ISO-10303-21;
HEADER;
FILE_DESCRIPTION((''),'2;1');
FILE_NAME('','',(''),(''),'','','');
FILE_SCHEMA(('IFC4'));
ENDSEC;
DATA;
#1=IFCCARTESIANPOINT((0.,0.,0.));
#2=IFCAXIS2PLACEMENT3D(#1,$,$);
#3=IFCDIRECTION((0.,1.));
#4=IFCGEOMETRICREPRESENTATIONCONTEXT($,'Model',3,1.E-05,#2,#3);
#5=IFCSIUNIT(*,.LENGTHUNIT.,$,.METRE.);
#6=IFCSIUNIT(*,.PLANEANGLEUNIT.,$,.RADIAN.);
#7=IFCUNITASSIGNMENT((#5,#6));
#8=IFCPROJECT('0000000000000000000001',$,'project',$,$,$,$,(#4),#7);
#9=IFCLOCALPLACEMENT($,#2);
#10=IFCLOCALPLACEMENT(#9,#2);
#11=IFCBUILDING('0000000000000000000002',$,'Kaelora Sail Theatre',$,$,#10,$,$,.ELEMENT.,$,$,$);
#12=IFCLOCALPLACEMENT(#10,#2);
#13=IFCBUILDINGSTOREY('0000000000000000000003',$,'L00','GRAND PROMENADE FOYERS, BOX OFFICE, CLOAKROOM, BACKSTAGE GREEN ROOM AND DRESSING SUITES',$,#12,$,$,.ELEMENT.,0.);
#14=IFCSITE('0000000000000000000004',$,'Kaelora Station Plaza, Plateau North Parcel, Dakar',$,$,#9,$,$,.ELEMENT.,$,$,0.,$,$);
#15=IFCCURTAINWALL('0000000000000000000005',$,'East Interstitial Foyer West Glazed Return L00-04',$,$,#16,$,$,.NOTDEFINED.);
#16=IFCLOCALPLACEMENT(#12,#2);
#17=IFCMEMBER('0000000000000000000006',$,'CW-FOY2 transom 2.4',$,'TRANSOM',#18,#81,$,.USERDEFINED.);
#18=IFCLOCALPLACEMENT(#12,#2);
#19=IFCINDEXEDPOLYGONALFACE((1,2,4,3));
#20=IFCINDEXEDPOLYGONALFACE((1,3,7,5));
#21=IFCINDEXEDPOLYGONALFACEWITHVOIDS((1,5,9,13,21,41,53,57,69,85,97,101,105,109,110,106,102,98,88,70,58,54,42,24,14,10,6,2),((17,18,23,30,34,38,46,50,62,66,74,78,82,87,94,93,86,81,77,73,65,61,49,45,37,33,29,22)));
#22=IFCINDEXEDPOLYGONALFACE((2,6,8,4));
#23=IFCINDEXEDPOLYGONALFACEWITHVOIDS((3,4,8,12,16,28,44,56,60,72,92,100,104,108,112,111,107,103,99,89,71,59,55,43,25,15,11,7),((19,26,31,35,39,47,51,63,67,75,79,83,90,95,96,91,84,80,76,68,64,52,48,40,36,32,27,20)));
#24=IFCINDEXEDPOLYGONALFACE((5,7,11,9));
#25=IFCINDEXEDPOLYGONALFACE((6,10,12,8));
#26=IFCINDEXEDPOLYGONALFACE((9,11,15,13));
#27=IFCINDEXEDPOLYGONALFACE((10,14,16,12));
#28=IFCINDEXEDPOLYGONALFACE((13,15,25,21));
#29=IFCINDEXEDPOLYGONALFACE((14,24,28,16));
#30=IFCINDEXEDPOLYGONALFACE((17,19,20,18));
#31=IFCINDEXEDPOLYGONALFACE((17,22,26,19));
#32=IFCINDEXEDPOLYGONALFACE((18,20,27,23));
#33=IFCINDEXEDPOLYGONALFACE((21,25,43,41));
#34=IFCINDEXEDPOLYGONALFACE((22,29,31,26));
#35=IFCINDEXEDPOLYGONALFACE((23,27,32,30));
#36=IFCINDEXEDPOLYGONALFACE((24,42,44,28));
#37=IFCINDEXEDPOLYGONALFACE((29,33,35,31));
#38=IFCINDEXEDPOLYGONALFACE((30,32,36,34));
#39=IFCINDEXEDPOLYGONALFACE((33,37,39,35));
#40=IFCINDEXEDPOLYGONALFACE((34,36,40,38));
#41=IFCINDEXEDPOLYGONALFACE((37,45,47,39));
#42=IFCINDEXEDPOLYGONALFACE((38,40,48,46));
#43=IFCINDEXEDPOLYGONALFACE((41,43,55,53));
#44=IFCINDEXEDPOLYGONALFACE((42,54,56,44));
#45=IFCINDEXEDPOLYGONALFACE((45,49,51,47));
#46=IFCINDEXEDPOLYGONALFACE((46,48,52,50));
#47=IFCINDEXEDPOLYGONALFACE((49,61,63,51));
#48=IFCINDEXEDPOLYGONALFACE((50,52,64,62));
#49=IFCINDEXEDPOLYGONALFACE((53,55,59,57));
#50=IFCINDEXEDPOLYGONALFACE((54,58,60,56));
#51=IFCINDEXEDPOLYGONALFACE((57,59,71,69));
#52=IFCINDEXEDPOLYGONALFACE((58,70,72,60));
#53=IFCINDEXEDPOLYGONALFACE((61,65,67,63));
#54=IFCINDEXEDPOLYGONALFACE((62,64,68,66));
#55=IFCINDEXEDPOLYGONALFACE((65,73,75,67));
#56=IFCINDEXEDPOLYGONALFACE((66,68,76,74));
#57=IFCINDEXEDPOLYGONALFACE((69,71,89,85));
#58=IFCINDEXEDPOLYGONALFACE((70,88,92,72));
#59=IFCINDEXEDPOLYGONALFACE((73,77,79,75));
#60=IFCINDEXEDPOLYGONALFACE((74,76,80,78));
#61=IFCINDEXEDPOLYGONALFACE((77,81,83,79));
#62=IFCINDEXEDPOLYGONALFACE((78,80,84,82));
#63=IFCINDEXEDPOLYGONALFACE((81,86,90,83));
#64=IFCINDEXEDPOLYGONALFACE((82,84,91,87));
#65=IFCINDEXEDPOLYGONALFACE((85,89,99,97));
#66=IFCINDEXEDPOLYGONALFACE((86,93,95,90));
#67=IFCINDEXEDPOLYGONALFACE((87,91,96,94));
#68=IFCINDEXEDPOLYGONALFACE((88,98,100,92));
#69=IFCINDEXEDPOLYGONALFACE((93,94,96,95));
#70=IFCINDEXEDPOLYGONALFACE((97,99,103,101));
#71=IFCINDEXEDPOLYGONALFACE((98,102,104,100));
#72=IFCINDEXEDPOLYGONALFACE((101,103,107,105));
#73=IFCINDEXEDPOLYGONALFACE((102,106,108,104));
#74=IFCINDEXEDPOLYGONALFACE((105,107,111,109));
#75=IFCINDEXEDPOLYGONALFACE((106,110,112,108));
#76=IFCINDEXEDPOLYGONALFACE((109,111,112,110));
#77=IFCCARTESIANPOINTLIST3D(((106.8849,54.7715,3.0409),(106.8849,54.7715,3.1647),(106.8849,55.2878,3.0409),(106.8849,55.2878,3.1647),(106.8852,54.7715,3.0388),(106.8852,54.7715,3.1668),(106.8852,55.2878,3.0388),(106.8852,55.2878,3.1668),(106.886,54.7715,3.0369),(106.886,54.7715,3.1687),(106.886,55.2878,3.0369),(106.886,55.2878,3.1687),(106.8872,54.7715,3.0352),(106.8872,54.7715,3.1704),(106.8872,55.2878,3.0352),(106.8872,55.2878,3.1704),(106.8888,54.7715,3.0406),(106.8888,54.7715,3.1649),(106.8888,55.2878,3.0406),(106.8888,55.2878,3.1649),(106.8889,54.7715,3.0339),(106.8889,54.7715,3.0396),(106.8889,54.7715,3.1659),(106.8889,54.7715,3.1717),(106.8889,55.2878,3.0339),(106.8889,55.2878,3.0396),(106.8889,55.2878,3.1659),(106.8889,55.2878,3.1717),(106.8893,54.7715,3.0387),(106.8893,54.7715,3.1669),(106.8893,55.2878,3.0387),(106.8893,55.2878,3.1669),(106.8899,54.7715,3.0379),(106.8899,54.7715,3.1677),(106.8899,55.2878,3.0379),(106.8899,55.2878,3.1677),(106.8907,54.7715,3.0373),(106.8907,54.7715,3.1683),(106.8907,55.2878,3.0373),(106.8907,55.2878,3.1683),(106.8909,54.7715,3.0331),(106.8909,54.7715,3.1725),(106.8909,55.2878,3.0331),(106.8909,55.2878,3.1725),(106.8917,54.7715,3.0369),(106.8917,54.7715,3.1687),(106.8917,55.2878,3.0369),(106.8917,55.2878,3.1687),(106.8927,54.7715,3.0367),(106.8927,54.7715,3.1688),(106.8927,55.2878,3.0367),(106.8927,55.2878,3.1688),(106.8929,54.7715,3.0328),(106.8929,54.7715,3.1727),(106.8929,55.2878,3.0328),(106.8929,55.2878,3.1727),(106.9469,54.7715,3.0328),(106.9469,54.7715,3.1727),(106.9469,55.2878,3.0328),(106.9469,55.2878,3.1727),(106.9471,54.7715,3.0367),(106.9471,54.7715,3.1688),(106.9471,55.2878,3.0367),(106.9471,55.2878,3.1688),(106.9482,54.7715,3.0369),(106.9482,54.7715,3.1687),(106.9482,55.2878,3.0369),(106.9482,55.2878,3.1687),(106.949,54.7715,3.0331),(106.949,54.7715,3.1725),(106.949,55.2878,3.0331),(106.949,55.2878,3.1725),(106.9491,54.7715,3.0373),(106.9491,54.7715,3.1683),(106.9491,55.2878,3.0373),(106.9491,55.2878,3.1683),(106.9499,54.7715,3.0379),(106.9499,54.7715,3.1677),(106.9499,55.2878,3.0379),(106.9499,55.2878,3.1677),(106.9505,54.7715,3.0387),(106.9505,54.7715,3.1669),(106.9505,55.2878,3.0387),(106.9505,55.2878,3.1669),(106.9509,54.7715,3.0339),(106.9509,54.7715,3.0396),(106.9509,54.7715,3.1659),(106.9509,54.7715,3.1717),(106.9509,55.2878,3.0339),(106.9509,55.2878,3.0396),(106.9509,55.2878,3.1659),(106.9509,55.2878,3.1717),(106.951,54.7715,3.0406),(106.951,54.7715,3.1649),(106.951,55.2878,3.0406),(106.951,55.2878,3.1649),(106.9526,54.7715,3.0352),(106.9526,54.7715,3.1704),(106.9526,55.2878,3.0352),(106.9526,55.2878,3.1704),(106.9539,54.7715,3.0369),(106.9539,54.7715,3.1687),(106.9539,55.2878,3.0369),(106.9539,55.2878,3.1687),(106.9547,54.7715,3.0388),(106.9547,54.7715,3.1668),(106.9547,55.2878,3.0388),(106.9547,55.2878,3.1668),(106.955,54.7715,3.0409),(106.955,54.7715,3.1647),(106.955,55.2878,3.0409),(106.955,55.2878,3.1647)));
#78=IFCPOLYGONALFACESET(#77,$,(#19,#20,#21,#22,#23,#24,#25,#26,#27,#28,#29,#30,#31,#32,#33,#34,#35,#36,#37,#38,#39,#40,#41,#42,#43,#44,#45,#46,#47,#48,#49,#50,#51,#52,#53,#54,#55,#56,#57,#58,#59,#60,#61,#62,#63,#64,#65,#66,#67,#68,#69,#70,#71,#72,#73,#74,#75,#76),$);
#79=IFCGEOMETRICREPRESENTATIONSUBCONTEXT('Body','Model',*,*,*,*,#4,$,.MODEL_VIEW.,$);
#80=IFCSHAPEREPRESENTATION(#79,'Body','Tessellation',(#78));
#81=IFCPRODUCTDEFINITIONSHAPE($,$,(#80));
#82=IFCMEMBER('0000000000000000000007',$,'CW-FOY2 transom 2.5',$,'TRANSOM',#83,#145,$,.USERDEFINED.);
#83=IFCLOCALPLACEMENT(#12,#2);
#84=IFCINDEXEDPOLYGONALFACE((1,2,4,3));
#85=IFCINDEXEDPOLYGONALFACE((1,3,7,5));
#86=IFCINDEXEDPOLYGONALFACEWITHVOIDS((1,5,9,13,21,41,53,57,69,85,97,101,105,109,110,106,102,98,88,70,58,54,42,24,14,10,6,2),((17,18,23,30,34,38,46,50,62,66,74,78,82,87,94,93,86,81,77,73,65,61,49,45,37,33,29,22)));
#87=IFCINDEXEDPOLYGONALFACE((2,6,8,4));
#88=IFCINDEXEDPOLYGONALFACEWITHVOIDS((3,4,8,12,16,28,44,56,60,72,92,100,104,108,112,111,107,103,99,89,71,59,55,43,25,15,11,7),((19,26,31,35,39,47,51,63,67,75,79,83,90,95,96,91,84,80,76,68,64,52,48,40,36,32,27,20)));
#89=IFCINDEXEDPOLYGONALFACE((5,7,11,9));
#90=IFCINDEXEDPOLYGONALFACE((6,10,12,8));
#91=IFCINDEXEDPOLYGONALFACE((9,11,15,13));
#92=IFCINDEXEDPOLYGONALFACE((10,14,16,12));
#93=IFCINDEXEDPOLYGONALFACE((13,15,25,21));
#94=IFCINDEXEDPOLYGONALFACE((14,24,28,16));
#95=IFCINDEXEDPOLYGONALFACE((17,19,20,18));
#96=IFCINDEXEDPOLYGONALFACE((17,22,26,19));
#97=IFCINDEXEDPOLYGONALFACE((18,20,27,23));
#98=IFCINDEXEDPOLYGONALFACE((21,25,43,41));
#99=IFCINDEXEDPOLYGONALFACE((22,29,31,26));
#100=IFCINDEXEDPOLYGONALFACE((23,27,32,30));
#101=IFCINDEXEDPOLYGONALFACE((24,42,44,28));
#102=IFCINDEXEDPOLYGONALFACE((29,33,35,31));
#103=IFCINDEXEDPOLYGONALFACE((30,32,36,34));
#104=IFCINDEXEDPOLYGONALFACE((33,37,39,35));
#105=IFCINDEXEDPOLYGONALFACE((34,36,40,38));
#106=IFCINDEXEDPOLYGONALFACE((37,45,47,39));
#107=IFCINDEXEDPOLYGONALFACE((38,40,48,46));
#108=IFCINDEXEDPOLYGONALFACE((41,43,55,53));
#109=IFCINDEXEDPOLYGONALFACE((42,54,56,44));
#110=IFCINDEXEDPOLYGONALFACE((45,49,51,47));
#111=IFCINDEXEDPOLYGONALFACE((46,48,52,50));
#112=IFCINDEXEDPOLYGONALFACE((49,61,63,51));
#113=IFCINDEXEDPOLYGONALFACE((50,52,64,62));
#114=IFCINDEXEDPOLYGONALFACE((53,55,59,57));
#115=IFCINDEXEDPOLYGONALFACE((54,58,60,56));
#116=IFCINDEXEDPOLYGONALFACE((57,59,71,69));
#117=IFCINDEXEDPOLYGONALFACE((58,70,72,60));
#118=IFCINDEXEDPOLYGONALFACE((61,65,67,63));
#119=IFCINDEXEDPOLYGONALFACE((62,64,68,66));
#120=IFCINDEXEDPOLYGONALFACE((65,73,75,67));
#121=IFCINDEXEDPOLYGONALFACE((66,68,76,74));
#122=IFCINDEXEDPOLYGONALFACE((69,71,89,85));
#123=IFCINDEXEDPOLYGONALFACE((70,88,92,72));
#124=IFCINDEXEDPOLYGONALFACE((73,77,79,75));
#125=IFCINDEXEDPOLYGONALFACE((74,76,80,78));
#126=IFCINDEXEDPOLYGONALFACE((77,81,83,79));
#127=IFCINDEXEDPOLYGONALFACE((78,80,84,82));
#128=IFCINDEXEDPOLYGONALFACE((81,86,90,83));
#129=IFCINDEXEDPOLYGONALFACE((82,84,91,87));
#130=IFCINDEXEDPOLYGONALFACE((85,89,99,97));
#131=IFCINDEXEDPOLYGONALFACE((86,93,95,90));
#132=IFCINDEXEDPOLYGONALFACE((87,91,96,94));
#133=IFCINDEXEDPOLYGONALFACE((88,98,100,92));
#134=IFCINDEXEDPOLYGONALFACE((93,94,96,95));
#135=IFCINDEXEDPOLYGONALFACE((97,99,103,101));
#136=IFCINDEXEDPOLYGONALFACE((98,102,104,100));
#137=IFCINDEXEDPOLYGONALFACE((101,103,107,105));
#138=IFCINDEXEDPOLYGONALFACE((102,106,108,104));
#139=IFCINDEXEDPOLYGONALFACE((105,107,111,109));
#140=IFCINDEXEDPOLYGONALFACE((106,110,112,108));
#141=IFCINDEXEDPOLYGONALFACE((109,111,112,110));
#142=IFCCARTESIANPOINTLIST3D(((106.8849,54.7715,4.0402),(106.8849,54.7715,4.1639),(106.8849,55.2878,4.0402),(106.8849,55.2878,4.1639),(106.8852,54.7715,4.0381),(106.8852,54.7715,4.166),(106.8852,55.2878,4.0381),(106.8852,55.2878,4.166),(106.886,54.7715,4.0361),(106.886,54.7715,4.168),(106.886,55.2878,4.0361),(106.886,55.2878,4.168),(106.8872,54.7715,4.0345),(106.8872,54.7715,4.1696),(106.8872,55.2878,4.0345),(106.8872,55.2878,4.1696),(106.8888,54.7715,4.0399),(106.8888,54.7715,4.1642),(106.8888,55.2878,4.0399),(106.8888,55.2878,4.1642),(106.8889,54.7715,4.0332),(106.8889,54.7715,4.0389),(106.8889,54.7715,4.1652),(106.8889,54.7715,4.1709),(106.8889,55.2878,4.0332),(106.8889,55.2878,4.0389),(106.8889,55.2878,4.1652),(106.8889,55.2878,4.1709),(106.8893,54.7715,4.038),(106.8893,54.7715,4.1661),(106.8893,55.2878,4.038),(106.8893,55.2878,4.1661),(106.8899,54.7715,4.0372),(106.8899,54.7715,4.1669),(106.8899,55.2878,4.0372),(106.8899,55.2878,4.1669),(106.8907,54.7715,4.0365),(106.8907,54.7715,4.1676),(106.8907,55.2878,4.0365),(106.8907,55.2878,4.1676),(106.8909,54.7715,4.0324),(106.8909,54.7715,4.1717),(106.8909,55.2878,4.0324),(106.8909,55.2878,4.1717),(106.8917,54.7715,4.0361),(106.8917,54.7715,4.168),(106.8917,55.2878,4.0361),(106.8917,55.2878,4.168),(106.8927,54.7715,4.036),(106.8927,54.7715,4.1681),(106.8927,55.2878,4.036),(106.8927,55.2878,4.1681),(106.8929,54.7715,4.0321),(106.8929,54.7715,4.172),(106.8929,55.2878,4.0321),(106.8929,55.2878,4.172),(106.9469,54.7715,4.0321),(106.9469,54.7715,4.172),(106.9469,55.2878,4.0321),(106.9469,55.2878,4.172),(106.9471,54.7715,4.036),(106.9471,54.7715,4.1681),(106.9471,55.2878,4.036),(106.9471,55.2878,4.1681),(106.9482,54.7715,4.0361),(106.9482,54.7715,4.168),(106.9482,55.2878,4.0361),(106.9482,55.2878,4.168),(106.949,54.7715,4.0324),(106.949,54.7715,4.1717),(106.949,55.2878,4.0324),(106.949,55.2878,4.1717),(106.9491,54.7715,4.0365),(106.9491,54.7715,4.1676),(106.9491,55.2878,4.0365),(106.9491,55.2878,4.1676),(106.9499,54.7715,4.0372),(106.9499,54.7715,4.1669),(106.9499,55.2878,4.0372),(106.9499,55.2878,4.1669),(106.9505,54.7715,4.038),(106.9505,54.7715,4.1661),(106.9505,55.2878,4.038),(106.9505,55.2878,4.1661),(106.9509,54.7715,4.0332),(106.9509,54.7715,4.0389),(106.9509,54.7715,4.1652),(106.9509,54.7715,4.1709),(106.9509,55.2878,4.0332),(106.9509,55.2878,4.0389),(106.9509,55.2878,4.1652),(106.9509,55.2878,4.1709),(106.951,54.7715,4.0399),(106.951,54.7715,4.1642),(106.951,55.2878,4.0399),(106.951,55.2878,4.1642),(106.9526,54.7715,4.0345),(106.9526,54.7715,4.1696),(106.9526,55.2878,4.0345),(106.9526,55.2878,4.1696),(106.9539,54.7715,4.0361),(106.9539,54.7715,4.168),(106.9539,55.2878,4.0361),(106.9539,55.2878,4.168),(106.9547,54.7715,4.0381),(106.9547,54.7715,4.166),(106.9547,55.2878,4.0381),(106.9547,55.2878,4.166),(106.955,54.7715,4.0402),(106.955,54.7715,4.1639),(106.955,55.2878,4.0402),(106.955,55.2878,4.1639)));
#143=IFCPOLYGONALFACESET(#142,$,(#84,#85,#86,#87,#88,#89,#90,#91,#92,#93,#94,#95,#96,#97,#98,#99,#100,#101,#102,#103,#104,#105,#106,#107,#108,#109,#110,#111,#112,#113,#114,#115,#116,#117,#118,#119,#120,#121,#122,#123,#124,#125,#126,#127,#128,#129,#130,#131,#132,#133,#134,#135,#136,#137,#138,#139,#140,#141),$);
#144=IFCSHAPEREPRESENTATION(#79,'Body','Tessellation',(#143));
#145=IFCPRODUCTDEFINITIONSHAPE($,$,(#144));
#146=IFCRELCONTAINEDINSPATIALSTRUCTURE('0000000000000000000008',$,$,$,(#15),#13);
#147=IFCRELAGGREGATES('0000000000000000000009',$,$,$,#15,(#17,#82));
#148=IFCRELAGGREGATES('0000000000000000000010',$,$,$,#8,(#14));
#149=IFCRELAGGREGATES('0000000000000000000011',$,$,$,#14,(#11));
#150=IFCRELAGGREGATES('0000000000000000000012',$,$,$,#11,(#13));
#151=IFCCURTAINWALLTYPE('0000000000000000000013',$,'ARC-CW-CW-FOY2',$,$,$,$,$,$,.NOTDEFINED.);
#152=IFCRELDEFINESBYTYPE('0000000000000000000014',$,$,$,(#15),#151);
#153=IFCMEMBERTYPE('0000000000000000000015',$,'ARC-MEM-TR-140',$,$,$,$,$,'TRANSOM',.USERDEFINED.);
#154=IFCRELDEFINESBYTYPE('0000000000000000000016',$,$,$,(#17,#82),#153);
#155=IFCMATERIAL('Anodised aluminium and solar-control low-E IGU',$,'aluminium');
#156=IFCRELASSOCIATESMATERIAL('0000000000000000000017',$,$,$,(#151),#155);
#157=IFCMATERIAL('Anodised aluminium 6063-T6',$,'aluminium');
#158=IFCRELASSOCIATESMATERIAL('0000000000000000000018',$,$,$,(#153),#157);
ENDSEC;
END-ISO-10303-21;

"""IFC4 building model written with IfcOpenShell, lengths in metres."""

from ifc_helpers import new_model, si_unit, direction, frame, origin, origin_2d, place, context, subcontext, project, spatial, hollow_rectangle, extrude, material, material_profile, profile_set, type_object, element, aggregate, save


model = new_model("IFC4")

# Units and contexts
model_context = context("Model", 3, precision=1e-05, world=origin(), true_north=direction((0.0, 1.0)))
body_context = subcontext(model_context, "Body", "Model", "MODEL_VIEW")
ifc_project = project(units=[si_unit("LENGTHUNIT", "METRE"), si_unit("PLANEANGLEUNIT", "RADIAN")], contexts=[model_context])

# Site, building, storey
site_placement = place(None, origin())
site = spatial("IfcSite", under=ifc_project, at=site_placement, Name="Kaelora Station Plaza, Plateau North Parcel, Dakar", CompositionType="ELEMENT", RefElevation=0.0)
building_placement = place(site_placement, origin())
building = spatial("IfcBuilding", under=site, at=building_placement, Name="Kaelora Sail Theatre", CompositionType="ELEMENT")
storey_placement = place(building_placement, origin())
storey = spatial("IfcBuildingStorey", under=building, at=storey_placement, Name="L00", Description="GRAND PROMENADE FOYERS, BOX OFFICE, CLOAKROOM, BACKSTAGE GREEN ROOM AND DRESSING SUITES", CompositionType="ELEMENT", Elevation=0.0)

# Curtain wall, members
ifc_material_1 = material(Name="Anodised aluminium and solar-control low-E IGU", Category="aluminium")
curtain_wall_type = type_object("IfcCurtainWallType", Name="ARC-CW-CW-FOY2", PredefinedType="NOTDEFINED", material=ifc_material_1)
curtain_wall_placement = place(storey_placement, origin())
curtain_wall = element("IfcCurtainWall", 1, at=curtain_wall_placement, inside=storey, type_object=curtain_wall_type, Name="East Interstitial Foyer West Glazed Return L00-04", PredefinedType="NOTDEFINED")
ifc_material_2 = material(Name="Anodised aluminium 6063-T6", Category="aluminium")
ifc_material_profile = material_profile(ifc_material_2, hollow_rectangle(XDim=0.0701, YDim=0.1399, WallThickness=0.0039, InnerFilletRadius=0.0039, OuterFilletRadius=0.0081, at=origin_2d()), Name="ALU-TRAN 70x140x4")
ifc_profile_set = profile_set([ifc_material_profile], Name="Anodised aluminium 6063-T6")
member_type = type_object("IfcMemberType", Name="ARC-MEM-TR-140", ElementType="TRANSOM", PredefinedType="USERDEFINED", material=ifc_profile_set)
member_1_placement = place(storey_placement, frame((106.9199, 54.7715, 3.1028), z_axis=(0.0, 1.0, 0.0), x_axis=(-1.0, 0.0, 0.0)))
member_1 = element("IfcMember", 2, at=member_1_placement, type_object=member_type, Name="CW-FOY2 transom 2.4", ObjectType="TRANSOM", PredefinedType="USERDEFINED", context=body_context, shape_type="SweptSolid", body=[
    extrude(hollow_rectangle(XDim=0.0701, YDim=0.1399, WallThickness=0.0039, InnerFilletRadius=0.0039, OuterFilletRadius=0.0081, at=origin_2d()), origin(), (0.0, 0.0, 1.0), 0.5164),
])
member_2_placement = place(storey_placement, frame((106.9199, 54.7715, 4.1021), z_axis=(0.0, 1.0, 0.0), x_axis=(-1.0, 0.0, 0.0)))
member_2 = element("IfcMember", 3, at=member_2_placement, type_object=member_type, Name="CW-FOY2 transom 2.5", ObjectType="TRANSOM", PredefinedType="USERDEFINED", context=body_context, shape_type="SweptSolid", body=[
    extrude(hollow_rectangle(XDim=0.0701, YDim=0.1399, WallThickness=0.0039, InnerFilletRadius=0.0039, OuterFilletRadius=0.0081, at=origin_2d()), origin(), (0.0, 0.0, 1.0), 0.5164),
])
aggregate(curtain_wall, [member_1, member_2])

save(model, "model.ifc")
